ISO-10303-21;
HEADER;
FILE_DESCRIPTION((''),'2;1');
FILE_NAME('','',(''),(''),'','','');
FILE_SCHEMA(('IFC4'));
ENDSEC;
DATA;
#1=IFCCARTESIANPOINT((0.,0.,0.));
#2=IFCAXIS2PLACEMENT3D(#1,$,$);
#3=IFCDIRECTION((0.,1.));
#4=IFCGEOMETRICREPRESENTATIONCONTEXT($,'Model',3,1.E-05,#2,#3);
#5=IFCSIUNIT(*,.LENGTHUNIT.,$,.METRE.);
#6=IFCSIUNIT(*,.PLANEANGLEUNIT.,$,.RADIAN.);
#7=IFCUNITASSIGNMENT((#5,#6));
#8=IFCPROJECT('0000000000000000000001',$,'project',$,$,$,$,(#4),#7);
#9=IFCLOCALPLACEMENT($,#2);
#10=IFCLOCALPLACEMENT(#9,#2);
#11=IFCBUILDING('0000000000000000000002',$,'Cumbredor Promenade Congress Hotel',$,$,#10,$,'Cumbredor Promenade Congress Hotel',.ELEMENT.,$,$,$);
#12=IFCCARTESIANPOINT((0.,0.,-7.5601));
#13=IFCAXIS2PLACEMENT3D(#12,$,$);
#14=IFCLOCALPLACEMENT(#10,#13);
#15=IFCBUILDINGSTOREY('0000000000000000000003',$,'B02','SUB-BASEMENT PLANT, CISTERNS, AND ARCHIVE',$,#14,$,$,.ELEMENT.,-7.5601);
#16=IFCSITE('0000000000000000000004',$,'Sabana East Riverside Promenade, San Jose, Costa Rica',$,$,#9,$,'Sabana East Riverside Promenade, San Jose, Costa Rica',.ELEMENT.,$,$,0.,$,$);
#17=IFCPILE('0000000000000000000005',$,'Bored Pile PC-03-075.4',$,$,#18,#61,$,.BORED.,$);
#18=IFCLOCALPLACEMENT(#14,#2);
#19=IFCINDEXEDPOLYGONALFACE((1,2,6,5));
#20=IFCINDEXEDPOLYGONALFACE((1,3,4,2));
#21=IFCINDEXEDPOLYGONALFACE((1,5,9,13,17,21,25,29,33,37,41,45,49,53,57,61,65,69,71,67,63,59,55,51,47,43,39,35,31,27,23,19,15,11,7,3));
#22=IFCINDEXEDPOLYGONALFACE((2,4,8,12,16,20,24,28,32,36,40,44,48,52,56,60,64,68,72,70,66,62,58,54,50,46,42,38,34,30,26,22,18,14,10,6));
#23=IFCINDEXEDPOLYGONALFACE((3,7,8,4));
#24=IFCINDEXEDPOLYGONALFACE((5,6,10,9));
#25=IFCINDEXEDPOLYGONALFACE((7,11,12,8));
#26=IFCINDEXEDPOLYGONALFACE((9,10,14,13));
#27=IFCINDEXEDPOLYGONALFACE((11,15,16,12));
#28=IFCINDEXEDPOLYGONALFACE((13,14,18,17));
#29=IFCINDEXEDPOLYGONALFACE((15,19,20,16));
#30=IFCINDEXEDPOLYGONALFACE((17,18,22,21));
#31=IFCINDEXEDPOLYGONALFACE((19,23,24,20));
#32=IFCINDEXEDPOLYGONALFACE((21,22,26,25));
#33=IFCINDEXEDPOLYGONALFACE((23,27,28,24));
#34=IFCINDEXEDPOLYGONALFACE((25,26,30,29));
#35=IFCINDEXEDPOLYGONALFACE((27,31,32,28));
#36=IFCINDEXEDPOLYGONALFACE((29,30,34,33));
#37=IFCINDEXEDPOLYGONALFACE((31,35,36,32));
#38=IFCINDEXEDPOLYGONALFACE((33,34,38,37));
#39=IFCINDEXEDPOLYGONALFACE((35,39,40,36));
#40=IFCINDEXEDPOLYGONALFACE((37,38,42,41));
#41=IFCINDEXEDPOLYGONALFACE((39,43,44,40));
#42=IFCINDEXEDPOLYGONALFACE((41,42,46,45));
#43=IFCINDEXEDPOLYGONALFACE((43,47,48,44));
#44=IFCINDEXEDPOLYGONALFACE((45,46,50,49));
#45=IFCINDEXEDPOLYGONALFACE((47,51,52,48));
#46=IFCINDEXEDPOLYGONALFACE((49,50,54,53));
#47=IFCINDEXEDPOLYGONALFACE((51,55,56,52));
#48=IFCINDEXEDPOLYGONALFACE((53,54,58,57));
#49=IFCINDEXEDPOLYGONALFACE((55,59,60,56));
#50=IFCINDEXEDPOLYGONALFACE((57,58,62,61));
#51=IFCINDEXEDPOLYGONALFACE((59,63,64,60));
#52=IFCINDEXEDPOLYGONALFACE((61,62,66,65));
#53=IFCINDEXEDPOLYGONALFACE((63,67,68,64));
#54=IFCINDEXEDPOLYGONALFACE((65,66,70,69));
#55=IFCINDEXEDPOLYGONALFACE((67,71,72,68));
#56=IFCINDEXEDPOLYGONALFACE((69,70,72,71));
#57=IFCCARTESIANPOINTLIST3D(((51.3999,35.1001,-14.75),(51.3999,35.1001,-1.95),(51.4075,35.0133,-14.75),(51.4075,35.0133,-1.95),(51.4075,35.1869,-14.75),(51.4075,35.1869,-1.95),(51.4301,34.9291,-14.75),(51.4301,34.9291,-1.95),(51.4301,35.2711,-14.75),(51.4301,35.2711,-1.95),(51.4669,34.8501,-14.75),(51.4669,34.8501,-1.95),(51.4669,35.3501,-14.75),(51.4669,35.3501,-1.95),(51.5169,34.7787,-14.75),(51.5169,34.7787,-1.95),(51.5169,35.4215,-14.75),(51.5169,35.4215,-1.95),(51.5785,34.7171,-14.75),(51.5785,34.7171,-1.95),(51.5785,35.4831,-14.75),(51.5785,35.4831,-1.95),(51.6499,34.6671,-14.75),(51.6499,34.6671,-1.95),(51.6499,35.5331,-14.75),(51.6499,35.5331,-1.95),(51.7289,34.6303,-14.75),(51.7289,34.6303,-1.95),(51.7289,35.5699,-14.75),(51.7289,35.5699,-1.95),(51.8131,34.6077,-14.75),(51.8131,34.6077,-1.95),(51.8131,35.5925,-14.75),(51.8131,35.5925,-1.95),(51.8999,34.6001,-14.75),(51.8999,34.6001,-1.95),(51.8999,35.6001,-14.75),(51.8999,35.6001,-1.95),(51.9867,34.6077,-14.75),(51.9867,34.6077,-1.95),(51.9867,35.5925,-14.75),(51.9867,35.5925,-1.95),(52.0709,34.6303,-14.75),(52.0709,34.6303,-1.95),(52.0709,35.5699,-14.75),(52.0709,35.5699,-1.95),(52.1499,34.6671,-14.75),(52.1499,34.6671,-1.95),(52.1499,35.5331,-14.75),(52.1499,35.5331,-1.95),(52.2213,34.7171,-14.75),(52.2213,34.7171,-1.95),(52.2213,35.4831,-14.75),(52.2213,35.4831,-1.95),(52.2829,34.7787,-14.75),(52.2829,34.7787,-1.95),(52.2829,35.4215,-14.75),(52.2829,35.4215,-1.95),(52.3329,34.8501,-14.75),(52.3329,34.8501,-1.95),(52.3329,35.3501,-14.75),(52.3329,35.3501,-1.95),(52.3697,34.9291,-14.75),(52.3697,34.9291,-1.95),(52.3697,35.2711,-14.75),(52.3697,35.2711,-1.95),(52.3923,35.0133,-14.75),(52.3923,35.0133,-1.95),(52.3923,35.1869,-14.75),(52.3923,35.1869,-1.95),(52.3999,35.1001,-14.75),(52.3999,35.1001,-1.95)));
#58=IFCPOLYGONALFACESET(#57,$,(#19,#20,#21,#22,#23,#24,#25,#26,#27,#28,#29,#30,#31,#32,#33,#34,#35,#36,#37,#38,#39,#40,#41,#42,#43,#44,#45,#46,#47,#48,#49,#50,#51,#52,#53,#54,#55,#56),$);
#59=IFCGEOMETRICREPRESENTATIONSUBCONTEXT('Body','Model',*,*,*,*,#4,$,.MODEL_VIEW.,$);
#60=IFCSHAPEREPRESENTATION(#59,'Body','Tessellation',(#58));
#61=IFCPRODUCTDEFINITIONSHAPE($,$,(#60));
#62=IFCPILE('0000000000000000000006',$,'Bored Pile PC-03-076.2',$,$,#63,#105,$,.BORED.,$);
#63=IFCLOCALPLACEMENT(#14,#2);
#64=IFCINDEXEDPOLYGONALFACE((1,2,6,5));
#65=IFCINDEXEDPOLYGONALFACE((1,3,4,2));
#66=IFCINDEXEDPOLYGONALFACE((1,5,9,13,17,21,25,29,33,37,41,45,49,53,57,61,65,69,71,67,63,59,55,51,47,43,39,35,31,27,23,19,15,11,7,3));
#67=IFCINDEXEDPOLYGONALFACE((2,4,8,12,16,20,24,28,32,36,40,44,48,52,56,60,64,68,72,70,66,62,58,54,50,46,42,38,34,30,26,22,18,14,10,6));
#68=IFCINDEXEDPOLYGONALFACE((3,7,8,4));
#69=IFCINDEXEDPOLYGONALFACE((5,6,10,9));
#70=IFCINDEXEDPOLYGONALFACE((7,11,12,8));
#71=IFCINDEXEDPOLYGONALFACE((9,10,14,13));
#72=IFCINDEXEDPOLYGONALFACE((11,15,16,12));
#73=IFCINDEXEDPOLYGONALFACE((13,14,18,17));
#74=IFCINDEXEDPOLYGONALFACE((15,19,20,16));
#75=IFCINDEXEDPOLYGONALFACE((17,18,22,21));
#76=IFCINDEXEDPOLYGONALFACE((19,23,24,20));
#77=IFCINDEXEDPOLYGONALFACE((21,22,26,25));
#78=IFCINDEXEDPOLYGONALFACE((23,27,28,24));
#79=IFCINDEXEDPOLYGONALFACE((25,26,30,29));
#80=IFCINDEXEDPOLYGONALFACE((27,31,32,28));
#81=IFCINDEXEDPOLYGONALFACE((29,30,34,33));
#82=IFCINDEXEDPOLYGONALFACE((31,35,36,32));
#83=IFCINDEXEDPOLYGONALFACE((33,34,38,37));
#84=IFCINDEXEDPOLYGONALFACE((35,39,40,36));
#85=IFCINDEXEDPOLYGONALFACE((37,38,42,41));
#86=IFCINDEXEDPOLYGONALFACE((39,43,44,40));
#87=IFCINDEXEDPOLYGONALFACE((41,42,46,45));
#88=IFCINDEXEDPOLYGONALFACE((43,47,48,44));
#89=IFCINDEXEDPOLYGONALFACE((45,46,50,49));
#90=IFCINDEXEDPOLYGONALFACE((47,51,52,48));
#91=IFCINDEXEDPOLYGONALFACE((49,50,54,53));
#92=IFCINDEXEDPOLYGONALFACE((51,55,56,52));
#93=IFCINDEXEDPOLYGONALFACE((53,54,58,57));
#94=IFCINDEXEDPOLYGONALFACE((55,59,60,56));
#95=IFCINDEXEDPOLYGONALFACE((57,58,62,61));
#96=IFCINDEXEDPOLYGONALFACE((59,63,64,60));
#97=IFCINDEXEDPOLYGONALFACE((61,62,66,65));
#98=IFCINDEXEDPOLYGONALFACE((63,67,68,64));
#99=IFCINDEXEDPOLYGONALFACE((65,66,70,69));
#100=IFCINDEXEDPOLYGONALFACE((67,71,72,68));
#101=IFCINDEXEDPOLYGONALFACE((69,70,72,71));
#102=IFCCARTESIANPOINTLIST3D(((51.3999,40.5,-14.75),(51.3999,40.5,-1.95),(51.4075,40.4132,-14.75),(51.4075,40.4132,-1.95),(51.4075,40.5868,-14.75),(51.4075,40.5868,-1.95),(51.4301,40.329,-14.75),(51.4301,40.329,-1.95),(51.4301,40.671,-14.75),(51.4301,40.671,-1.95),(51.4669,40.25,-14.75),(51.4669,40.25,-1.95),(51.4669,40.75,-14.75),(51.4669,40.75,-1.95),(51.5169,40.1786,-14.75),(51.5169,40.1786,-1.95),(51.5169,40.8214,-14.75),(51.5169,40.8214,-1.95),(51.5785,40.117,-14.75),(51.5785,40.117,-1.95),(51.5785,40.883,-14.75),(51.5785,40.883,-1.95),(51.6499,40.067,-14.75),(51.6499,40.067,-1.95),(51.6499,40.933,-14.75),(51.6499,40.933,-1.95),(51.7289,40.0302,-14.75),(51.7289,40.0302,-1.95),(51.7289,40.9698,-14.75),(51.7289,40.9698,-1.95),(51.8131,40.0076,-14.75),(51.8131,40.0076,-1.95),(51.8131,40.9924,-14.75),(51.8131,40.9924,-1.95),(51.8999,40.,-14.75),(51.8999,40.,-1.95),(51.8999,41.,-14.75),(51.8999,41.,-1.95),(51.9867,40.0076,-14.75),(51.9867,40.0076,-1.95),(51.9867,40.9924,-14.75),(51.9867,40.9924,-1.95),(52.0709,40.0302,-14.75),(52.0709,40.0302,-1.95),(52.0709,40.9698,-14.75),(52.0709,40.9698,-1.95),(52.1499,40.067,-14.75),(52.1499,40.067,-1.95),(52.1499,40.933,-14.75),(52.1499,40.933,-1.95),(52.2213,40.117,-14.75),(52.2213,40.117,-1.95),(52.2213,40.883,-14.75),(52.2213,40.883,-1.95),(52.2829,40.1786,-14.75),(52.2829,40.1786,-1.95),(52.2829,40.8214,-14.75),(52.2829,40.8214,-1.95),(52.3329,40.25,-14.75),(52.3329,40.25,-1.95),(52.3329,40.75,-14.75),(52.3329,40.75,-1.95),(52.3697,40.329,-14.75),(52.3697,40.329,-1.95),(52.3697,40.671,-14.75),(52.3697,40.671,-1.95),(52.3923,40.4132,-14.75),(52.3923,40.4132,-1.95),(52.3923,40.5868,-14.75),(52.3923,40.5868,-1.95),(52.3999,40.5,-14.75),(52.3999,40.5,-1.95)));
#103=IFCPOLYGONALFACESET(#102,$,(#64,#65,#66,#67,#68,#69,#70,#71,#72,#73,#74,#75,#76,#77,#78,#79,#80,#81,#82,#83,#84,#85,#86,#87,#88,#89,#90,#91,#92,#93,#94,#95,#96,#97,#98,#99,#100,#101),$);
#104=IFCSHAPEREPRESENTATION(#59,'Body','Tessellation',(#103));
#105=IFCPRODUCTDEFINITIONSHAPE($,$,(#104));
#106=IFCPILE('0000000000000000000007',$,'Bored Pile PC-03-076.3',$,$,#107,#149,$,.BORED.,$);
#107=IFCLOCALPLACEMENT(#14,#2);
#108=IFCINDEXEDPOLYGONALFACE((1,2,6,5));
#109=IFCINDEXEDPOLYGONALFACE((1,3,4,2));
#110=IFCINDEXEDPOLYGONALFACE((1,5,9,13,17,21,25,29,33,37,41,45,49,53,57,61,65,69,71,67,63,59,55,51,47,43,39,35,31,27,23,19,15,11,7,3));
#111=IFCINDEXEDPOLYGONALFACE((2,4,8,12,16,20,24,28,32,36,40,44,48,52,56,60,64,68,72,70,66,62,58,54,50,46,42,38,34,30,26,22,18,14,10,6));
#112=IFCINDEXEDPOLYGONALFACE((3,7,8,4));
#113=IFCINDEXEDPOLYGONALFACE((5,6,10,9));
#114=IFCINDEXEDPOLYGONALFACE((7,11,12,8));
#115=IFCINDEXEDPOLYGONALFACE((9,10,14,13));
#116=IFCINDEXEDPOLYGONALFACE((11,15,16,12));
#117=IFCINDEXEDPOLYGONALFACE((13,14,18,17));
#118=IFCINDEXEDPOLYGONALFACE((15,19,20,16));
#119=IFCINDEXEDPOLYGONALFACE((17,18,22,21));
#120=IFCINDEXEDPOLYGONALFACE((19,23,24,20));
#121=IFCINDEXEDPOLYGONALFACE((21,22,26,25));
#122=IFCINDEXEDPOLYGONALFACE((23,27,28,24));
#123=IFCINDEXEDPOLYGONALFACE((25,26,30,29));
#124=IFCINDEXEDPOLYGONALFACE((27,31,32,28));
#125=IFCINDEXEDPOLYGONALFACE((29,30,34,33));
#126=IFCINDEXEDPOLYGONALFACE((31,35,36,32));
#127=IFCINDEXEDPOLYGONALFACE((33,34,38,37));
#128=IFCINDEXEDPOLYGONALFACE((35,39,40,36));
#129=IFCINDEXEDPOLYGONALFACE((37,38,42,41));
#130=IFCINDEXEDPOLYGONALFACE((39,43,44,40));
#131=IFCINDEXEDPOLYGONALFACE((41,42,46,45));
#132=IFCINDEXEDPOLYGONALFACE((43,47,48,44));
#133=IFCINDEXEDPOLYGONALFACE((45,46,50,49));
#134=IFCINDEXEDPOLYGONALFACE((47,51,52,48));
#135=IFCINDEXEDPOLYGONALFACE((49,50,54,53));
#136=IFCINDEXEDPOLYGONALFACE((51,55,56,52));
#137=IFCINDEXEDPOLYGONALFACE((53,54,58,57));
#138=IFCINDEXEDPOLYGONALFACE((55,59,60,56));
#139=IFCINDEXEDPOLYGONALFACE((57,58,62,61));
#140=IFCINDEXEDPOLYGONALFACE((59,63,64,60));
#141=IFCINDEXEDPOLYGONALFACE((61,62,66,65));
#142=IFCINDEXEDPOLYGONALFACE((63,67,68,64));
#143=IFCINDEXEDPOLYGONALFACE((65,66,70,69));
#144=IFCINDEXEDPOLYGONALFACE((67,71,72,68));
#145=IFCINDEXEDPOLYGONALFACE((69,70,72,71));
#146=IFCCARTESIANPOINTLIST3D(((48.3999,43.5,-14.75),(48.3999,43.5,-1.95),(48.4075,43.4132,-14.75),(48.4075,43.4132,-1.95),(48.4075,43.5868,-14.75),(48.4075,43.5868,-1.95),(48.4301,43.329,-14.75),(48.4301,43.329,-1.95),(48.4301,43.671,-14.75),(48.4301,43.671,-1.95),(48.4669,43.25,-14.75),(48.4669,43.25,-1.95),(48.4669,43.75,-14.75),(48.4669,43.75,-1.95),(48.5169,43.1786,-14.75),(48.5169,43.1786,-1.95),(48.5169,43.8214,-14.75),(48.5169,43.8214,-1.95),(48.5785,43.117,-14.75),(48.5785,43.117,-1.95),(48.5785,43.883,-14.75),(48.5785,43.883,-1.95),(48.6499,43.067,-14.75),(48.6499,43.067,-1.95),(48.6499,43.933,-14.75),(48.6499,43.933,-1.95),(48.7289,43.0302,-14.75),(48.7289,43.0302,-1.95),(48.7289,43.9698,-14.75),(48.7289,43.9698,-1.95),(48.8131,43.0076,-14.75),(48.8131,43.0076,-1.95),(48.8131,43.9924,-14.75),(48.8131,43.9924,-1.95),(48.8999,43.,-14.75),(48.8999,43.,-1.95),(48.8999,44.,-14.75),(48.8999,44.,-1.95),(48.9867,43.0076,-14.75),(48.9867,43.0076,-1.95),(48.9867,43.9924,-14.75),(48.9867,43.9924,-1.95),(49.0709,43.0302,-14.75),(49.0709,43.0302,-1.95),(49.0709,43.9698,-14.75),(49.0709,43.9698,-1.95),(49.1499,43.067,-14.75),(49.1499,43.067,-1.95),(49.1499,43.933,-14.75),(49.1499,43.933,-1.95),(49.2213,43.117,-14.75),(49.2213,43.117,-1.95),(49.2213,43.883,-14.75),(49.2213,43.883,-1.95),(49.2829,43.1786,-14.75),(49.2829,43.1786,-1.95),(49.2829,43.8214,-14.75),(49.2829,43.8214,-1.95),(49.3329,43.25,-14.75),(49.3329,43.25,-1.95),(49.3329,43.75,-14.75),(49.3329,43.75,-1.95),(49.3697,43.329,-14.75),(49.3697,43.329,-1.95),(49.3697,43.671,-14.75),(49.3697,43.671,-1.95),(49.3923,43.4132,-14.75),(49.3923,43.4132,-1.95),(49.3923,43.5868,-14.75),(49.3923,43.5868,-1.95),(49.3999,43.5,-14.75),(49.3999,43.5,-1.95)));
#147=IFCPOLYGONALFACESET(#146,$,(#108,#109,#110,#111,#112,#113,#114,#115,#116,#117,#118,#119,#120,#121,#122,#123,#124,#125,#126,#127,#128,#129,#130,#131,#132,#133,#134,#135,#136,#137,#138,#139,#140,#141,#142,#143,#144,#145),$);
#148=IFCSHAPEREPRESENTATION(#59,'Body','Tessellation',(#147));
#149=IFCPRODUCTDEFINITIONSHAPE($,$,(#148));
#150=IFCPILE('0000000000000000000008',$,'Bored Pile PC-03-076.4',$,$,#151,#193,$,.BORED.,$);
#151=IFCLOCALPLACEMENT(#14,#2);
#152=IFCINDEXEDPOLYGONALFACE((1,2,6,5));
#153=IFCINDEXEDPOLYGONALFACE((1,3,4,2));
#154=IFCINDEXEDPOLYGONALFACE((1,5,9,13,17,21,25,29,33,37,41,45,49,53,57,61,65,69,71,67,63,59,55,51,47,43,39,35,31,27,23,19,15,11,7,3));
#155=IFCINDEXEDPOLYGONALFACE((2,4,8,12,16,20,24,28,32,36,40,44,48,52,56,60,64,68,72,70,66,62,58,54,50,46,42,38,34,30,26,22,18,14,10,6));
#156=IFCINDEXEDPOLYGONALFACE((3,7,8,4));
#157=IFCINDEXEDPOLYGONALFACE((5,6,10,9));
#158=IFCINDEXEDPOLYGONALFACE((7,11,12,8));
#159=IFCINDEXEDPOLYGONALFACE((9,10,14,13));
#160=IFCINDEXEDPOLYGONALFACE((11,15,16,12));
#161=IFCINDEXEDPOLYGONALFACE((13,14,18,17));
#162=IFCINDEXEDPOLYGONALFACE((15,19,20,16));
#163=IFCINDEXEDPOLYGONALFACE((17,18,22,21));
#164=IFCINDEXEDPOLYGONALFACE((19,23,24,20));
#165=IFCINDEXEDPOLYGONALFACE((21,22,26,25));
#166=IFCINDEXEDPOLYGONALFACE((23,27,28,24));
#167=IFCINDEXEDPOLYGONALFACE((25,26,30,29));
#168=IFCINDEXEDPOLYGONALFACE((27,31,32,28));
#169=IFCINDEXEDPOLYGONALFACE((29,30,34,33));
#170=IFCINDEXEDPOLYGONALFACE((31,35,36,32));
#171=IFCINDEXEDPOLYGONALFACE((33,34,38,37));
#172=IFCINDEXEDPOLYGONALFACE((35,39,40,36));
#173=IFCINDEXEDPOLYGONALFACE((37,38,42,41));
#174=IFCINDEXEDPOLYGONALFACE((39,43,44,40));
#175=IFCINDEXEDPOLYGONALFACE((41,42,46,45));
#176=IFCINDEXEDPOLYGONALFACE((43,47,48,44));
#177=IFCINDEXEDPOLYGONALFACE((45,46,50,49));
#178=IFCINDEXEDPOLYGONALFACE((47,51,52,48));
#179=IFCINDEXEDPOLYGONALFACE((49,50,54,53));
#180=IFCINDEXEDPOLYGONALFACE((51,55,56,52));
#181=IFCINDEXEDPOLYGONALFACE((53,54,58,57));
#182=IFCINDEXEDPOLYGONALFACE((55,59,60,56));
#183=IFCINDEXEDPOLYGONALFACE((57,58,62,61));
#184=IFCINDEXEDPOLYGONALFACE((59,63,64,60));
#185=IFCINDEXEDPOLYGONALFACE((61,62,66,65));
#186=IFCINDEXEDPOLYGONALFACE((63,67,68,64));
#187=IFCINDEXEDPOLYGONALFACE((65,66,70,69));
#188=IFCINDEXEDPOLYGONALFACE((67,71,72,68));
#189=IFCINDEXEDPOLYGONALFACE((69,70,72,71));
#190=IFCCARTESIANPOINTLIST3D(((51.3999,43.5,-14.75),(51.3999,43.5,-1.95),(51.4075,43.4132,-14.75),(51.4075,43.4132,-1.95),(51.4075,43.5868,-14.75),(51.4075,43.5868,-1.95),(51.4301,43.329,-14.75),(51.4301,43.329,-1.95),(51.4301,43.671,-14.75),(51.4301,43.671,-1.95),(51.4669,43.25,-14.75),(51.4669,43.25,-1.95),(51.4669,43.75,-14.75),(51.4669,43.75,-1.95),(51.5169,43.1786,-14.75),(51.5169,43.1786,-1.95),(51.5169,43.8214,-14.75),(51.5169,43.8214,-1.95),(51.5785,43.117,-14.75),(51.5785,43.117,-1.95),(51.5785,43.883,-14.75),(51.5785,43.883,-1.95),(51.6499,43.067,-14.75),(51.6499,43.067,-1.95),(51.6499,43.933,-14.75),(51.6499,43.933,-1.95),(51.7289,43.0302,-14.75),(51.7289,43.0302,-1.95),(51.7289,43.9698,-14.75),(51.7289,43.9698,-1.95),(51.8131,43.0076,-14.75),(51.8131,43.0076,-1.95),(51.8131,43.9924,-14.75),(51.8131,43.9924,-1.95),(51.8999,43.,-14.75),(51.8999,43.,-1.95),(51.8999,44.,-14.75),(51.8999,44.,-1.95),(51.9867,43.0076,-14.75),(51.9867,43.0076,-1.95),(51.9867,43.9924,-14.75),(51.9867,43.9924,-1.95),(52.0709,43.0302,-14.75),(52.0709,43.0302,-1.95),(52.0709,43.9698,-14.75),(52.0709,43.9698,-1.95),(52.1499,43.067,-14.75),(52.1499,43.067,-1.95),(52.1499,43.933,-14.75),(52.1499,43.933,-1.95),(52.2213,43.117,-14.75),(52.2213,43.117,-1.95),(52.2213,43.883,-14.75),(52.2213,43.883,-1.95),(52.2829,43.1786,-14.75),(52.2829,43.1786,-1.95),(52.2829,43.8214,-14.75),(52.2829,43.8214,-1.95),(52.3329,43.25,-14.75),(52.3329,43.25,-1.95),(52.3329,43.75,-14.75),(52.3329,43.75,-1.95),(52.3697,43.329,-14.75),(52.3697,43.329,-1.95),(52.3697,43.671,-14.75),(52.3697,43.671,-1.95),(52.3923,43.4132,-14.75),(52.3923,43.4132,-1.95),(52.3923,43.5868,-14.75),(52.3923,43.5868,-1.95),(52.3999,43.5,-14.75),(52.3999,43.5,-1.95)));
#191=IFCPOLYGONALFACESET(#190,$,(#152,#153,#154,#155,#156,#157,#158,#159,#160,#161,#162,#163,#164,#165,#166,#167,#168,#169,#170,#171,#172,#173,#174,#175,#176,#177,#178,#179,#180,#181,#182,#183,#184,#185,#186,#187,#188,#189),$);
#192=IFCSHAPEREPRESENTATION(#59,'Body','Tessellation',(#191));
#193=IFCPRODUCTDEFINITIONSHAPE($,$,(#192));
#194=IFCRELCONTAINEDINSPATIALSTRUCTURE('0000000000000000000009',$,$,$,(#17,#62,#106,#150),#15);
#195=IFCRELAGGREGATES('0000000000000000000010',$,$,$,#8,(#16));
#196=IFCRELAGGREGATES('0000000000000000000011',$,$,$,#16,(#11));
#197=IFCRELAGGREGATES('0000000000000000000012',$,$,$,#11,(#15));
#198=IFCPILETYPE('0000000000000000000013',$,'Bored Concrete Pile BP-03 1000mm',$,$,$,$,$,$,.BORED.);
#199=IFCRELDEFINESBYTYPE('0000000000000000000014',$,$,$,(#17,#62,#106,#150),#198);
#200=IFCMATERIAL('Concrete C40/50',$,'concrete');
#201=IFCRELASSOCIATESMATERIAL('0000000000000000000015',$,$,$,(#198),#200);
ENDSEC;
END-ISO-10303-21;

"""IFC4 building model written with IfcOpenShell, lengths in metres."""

from ifc_helpers import new_model, si_unit, direction, frame, origin, origin_2d, place, context, subcontext, project, spatial, circle, extrude, material, material_profile, profile_set, type_object, element, save


model = new_model("IFC4")

# Units and contexts
model_context = context("Model", 3, precision=1e-05, world=origin(), true_north=direction((0.0, 1.0)))
body_context = subcontext(model_context, "Body", "Model", "MODEL_VIEW")
ifc_project = project(units=[si_unit("LENGTHUNIT", "METRE"), si_unit("PLANEANGLEUNIT", "RADIAN")], contexts=[model_context])

# Site, building, storey
site_placement = place(None, origin())
site = spatial("IfcSite", under=ifc_project, at=site_placement, Name="Sabana East Riverside Promenade, San Jose, Costa Rica", LongName="Sabana East Riverside Promenade, San Jose, Costa Rica", CompositionType="ELEMENT", RefElevation=0.0)
building_placement = place(site_placement, origin())
building = spatial("IfcBuilding", under=site, at=building_placement, Name="Cumbredor Promenade Congress Hotel", LongName="Cumbredor Promenade Congress Hotel", CompositionType="ELEMENT")
storey_placement = place(building_placement, frame((0.0, 0.0, -7.5601)))
storey = spatial("IfcBuildingStorey", under=building, at=storey_placement, Name="B02", Description="SUB-BASEMENT PLANT, CISTERNS, AND ARCHIVE", CompositionType="ELEMENT", Elevation=-7.5601)

# Piles
ifc_material_1 = material(Name="Concrete C40/50", Category="concrete")
ifc_material_profile_1 = material_profile(ifc_material_1, circle(Radius=0.5, at=origin_2d()), Name="PILE D1000")
ifc_profile_set_1 = profile_set([ifc_material_profile_1], Name="Concrete C40/50")
pile_type = type_object("IfcPileType", Name="Bored Concrete Pile BP-03 1000mm", PredefinedType="BORED", material=ifc_profile_set_1)
for number, where, z_axis, x_axis, name in (
    (1, (51.8999, 35.1001, -1.95), (0.0, 0.0, -1.0), (1.0, 0.0, 0.0), "Bored Pile PC-03-075.4"),
    (2, (51.8999, 40.5, -1.95), (0.0, 0.0, -1.0), (1.0, 0.0, 0.0), "Bored Pile PC-03-076.2"),
    (3, (48.8999, 43.5, -1.95), (0.0, 0.0, -1.0), (1.0, 0.0, 0.0), "Bored Pile PC-03-076.3"),
    (4, (51.8999, 43.5, -1.95), (0.0, 0.0, -1.0), (1.0, 0.0, 0.0), "Bored Pile PC-03-076.4"),
):
    element("IfcPile", number, at=place(storey_placement, frame(where, z_axis=z_axis, x_axis=x_axis)), inside=storey, type_object=pile_type, Name=name, PredefinedType="BORED", context=body_context, shape_type="SweptSolid", body=[
        extrude(circle(Radius=0.5, at=origin_2d()), origin(), (0.0, 0.0, 1.0), 12.8),
    ])

save(model, "model.ifc")
